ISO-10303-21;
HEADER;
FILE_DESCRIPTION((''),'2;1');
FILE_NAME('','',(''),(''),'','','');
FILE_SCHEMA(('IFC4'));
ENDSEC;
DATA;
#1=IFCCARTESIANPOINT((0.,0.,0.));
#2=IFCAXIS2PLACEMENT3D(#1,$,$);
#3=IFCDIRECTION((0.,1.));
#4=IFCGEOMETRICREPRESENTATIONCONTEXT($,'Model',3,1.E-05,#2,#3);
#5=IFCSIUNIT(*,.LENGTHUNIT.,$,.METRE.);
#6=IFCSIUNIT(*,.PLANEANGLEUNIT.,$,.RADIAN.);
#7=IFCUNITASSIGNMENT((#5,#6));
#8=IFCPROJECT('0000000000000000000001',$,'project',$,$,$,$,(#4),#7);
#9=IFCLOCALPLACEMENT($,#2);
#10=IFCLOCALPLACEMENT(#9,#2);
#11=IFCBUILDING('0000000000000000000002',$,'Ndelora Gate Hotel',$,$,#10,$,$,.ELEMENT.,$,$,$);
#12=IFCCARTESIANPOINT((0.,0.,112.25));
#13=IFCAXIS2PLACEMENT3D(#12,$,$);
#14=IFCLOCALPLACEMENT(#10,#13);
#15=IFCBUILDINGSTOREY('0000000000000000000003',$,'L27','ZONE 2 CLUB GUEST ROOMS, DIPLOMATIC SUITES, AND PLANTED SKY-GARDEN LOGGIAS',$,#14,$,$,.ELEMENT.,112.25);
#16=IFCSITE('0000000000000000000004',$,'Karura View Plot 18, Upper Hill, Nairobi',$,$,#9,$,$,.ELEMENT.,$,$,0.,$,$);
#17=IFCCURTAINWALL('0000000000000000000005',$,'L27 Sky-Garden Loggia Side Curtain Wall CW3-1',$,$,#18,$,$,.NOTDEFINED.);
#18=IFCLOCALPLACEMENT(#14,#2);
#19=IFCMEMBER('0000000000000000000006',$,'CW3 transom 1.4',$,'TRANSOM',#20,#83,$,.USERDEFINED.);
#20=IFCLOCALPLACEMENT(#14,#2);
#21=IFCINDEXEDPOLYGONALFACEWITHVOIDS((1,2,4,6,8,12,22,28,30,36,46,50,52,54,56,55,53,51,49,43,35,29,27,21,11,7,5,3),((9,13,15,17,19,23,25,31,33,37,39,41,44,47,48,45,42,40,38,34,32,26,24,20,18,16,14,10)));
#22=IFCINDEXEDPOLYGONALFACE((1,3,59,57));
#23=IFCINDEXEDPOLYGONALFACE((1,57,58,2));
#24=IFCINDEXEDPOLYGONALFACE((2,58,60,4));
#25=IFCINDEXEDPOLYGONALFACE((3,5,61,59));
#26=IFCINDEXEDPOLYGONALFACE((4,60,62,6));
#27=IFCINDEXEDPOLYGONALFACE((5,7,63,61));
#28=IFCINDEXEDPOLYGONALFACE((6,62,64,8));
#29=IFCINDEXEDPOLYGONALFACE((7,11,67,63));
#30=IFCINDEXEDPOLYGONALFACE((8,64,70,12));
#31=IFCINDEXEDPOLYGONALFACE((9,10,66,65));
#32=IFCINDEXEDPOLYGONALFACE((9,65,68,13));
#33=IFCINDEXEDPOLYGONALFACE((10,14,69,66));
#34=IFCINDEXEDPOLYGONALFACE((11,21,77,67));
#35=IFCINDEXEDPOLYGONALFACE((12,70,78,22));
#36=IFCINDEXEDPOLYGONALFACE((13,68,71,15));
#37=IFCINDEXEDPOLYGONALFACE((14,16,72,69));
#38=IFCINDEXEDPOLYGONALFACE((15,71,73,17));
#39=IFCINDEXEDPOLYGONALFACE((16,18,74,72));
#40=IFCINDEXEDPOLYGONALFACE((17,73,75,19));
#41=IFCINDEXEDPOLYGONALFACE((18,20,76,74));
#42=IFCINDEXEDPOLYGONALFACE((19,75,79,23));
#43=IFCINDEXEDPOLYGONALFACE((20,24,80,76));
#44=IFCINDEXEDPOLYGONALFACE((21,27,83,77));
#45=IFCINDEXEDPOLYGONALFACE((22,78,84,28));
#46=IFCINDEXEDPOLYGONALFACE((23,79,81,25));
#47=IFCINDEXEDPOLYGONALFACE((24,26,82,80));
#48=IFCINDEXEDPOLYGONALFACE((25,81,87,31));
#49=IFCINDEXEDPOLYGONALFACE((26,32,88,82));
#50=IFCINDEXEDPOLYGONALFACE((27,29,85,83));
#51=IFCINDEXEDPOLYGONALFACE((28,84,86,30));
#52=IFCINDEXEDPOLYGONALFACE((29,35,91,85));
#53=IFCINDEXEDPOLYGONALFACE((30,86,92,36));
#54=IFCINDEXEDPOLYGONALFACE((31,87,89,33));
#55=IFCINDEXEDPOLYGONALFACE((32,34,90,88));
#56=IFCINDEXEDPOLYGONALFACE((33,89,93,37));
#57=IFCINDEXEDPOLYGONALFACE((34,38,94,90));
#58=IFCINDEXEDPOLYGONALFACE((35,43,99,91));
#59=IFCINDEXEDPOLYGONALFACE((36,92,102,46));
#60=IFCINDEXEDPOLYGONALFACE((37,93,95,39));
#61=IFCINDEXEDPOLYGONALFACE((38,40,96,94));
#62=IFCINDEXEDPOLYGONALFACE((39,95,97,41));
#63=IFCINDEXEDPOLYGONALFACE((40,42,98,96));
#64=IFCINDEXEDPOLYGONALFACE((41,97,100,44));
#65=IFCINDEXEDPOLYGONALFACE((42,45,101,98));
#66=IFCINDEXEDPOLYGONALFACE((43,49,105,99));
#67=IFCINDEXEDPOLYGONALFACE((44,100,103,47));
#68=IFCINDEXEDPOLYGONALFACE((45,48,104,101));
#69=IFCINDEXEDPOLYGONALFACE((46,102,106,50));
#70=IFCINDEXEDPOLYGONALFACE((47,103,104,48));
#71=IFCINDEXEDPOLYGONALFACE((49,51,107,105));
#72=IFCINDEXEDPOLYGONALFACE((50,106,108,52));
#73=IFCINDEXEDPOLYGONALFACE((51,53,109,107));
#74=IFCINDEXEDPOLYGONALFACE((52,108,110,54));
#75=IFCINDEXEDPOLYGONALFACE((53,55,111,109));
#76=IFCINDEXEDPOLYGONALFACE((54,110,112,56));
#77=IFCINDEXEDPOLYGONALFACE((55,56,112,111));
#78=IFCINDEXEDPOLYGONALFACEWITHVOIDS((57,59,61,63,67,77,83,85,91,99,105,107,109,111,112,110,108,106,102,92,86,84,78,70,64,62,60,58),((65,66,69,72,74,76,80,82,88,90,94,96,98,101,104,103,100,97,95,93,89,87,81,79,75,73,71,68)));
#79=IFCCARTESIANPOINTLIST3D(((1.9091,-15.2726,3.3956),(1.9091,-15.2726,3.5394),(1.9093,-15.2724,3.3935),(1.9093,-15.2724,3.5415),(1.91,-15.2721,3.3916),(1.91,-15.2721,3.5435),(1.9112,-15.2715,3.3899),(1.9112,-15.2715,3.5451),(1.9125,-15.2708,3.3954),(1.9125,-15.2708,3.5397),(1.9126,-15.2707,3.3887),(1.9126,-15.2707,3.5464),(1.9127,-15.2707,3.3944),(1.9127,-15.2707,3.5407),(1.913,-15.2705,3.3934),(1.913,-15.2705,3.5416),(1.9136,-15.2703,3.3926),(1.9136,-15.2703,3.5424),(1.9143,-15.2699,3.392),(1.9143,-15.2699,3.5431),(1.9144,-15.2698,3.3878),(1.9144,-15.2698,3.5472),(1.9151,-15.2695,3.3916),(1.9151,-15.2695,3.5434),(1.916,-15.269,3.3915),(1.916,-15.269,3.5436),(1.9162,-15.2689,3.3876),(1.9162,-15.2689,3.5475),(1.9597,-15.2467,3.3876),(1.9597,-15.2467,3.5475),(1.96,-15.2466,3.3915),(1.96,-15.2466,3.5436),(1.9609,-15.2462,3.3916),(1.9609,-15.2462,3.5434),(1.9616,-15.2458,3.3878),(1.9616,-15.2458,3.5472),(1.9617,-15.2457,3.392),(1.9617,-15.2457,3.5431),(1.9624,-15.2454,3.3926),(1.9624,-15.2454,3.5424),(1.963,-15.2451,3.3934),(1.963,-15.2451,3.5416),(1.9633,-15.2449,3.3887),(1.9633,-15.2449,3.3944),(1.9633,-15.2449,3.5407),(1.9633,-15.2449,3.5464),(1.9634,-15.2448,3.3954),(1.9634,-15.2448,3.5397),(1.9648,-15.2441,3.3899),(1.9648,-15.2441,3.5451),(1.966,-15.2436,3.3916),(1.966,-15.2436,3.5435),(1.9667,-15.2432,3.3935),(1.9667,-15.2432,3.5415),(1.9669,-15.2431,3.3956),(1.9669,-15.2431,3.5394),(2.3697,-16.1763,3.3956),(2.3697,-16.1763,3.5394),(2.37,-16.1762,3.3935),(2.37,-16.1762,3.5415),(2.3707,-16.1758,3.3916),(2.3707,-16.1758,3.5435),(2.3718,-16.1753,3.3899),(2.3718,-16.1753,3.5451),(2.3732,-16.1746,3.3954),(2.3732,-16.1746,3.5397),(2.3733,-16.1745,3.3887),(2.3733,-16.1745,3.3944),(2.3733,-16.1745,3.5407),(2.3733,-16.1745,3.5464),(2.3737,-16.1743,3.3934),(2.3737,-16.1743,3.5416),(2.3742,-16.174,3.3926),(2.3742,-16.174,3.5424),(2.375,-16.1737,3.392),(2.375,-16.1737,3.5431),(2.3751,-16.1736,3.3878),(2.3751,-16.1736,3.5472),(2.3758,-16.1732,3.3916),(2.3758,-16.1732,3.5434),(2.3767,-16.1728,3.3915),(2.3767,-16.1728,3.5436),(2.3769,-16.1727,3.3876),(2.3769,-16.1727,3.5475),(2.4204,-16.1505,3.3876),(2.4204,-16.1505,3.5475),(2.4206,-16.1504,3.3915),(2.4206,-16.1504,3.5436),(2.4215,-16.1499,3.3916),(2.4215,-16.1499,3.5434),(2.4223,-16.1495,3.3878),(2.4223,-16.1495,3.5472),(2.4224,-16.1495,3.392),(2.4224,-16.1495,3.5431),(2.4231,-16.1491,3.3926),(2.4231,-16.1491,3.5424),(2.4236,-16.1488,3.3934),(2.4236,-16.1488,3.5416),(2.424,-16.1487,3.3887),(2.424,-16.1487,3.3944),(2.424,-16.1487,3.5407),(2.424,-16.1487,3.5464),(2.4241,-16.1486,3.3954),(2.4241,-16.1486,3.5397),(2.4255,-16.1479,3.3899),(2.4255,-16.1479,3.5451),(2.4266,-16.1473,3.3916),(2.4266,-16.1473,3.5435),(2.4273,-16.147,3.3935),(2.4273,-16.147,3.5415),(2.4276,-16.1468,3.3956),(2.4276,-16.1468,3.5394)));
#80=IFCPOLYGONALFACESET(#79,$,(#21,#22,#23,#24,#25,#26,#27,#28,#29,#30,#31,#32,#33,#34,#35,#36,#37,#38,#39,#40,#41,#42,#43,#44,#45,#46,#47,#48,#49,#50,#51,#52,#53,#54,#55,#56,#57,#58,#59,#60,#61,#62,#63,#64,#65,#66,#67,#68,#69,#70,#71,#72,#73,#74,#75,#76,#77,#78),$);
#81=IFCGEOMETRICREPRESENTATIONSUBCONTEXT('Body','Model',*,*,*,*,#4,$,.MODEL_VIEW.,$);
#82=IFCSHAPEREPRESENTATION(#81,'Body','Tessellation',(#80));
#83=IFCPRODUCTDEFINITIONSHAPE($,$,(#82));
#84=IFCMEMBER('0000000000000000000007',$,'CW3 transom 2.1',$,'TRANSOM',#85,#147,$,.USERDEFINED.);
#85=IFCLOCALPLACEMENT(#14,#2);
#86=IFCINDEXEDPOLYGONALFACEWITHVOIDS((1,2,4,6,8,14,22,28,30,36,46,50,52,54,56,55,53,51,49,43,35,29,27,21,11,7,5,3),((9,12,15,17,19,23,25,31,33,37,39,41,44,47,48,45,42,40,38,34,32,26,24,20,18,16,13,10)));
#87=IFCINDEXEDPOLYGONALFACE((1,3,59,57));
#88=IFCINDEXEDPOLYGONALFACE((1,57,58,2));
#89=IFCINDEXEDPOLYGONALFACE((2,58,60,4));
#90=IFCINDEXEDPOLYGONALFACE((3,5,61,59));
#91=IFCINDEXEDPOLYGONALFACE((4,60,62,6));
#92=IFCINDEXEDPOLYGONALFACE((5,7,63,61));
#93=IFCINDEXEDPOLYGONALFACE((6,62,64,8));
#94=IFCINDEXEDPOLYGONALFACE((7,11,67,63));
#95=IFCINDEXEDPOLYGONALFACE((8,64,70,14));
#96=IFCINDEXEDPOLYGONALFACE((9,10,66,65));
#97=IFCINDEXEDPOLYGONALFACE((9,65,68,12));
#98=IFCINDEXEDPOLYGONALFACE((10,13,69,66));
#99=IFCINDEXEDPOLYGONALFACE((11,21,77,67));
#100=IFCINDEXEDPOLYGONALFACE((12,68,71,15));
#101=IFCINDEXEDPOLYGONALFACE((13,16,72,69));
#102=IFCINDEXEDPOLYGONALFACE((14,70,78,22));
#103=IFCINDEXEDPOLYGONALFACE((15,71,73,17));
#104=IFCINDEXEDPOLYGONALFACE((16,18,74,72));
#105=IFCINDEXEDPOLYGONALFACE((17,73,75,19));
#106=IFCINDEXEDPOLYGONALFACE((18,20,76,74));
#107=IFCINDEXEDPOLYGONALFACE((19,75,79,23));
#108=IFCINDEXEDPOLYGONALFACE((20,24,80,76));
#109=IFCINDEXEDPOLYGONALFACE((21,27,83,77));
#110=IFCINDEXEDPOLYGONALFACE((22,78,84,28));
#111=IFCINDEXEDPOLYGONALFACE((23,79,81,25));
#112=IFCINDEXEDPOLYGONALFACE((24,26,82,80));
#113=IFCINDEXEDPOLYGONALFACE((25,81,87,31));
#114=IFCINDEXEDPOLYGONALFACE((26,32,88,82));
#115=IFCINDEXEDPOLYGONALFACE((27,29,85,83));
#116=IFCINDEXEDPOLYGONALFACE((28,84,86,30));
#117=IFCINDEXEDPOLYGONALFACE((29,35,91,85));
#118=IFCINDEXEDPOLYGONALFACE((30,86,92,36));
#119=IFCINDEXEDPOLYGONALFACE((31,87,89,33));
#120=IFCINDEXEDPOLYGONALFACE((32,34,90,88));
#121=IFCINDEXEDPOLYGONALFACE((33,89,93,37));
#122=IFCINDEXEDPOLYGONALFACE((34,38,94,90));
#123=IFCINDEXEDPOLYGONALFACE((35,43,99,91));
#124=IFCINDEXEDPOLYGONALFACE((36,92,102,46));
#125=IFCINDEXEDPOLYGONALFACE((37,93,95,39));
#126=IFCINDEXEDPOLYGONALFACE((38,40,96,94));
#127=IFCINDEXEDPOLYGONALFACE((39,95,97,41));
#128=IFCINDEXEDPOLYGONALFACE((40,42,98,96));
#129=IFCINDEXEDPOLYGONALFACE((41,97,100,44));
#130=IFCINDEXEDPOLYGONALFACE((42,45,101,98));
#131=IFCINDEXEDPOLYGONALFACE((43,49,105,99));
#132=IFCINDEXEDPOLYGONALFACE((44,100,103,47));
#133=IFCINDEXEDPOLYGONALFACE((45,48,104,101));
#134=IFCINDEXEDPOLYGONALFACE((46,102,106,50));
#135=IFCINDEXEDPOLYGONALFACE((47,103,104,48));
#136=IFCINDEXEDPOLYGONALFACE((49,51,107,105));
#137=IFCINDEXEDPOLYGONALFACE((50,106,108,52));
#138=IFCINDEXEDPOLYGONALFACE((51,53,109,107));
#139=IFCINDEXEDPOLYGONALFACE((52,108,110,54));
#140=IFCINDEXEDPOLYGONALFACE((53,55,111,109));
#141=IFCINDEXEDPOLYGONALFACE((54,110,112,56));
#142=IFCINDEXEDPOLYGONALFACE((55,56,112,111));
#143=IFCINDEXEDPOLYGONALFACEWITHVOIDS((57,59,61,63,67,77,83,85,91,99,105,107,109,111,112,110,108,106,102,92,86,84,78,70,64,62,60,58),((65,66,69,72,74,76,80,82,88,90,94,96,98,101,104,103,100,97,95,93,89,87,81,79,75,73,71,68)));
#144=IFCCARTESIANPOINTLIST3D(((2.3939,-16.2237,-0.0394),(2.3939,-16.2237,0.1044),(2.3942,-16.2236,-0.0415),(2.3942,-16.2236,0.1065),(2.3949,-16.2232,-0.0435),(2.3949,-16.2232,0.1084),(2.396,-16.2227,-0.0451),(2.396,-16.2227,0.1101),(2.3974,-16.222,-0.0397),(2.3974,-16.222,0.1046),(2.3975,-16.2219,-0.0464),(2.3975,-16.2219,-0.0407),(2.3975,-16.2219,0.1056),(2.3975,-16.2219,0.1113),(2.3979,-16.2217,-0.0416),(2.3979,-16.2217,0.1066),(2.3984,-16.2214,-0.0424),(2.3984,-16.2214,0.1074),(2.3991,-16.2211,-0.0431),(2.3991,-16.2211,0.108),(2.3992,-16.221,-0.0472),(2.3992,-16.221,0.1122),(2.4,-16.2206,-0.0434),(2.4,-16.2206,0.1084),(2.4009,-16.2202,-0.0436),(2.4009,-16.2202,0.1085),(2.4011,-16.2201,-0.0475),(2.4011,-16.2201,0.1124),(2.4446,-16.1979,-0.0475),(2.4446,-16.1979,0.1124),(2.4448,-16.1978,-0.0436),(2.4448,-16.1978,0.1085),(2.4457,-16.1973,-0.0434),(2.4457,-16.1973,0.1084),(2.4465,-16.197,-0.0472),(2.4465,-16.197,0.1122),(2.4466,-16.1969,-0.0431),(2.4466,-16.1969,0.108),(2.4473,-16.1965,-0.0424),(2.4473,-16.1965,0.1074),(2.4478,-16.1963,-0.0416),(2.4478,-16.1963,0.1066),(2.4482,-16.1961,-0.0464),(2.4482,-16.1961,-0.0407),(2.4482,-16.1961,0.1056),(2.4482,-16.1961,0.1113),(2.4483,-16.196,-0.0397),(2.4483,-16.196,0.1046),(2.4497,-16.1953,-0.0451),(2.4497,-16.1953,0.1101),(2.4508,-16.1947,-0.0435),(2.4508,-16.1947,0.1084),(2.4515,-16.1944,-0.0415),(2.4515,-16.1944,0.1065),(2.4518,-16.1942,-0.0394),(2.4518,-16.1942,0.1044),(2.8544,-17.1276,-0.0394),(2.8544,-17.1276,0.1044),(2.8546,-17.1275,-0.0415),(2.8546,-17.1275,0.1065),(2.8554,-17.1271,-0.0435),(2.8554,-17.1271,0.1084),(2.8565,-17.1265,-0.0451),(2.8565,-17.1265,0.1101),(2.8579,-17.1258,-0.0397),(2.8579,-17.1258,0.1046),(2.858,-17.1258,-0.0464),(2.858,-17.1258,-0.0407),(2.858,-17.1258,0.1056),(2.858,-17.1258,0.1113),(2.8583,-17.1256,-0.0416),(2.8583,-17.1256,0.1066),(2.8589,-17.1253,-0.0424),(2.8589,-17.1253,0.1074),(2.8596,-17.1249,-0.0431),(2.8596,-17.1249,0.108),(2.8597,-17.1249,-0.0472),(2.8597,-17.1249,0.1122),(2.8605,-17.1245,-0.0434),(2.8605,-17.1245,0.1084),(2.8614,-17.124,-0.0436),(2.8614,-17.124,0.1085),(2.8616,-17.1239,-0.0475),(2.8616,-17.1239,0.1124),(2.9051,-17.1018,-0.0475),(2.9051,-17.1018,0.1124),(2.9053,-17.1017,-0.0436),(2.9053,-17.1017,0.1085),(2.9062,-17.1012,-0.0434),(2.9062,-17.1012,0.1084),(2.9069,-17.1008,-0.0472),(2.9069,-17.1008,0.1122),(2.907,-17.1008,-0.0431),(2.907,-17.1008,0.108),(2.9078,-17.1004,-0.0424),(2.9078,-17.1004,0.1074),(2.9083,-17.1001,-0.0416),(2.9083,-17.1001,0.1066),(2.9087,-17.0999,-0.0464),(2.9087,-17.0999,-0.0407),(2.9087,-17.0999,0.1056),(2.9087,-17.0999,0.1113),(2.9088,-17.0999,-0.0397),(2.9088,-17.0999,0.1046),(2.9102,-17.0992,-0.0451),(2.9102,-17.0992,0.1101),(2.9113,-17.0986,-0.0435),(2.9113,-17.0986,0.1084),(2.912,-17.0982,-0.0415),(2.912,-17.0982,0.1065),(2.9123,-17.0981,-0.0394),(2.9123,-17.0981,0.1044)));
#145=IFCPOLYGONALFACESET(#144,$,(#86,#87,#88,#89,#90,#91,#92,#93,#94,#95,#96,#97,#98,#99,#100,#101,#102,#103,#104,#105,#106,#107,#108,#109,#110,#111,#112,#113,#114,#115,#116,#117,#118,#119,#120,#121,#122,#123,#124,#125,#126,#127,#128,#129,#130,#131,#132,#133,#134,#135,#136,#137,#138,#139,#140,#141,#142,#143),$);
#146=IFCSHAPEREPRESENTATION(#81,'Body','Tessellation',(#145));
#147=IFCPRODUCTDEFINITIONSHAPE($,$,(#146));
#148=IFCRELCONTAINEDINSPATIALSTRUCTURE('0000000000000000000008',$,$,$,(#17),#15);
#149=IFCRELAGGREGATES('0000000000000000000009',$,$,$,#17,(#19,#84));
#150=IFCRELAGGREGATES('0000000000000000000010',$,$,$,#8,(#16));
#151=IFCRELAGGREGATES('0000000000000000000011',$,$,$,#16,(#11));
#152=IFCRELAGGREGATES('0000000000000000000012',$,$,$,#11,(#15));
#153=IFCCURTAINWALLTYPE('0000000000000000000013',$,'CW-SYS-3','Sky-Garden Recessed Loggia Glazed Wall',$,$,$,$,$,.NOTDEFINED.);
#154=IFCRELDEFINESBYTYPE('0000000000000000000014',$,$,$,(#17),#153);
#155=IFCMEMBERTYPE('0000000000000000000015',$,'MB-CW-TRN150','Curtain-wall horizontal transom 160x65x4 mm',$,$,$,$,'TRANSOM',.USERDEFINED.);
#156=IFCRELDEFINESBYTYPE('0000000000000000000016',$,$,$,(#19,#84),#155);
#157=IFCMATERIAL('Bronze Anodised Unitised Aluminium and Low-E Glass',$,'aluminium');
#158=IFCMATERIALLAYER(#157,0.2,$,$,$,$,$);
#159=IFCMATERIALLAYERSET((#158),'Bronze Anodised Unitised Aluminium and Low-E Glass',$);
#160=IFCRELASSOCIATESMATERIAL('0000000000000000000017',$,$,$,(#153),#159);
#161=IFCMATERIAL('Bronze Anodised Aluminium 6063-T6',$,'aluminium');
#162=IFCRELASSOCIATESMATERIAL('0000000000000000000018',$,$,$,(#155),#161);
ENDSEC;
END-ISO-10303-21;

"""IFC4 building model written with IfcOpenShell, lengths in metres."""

from ifc_helpers import new_model, si_unit, direction, frame, origin, origin_2d, place, context, subcontext, project, spatial, hollow_rectangle, extrude, material, layer, layer_set, material_profile, profile_set, type_object, element, aggregate, save


model = new_model("IFC4")

# Units and contexts
model_context = context("Model", 3, precision=1e-05, world=origin(), true_north=direction((0.0, 1.0)))
body_context = subcontext(model_context, "Body", "Model", "MODEL_VIEW")
ifc_project = project(units=[si_unit("LENGTHUNIT", "METRE"), si_unit("PLANEANGLEUNIT", "RADIAN")], contexts=[model_context])

# Site, building, storey
site_placement = place(None, origin())
site = spatial("IfcSite", under=ifc_project, at=site_placement, Name="Karura View Plot 18, Upper Hill, Nairobi", CompositionType="ELEMENT", RefElevation=0.0)
building_placement = place(site_placement, origin())
building = spatial("IfcBuilding", under=site, at=building_placement, Name="Ndelora Gate Hotel", CompositionType="ELEMENT")
storey_placement = place(building_placement, frame((0.0, 0.0, 112.25)))
storey = spatial("IfcBuildingStorey", under=building, at=storey_placement, Name="L27", Description="ZONE 2 CLUB GUEST ROOMS, DIPLOMATIC SUITES, AND PLANTED SKY-GARDEN LOGGIAS", CompositionType="ELEMENT", Elevation=112.25)

# Curtain wall, members
ifc_material_1 = material(Name="Bronze Anodised Unitised Aluminium and Low-E Glass", Category="aluminium")
ifc_layer_1 = layer(ifc_material_1, 0.2)
ifc_layer_set_1 = layer_set([ifc_layer_1], Name="Bronze Anodised Unitised Aluminium and Low-E Glass")
curtain_wall_type = type_object("IfcCurtainWallType", Name="CW-SYS-3", Description="Sky-Garden Recessed Loggia Glazed Wall", PredefinedType="NOTDEFINED", material=ifc_layer_set_1)
curtain_wall_placement = place(storey_placement, origin())
curtain_wall = element("IfcCurtainWall", 1, at=curtain_wall_placement, inside=storey, type_object=curtain_wall_type, Name="L27 Sky-Garden Loggia Side Curtain Wall CW3-1", PredefinedType="NOTDEFINED")
ifc_material_2 = material(Name="Bronze Anodised Aluminium 6063-T6", Category="aluminium")
ifc_material_profile_1 = material_profile(ifc_material_2, hollow_rectangle(XDim=0.0649, YDim=0.1599, WallThickness=0.0039, InnerFilletRadius=0.0039, OuterFilletRadius=0.0081, at=origin_2d()), Name="ALU 160x65x4")
ifc_profile_set_1 = profile_set([ifc_material_profile_1], Name="Bronze Anodised Aluminium 6063-T6")
member_type_1 = type_object("IfcMemberType", Name="MB-CW-TRN150", Description="Curtain-wall horizontal transom 160x65x4 mm", ElementType="TRANSOM", PredefinedType="USERDEFINED", material=ifc_profile_set_1)
member_1_placement = place(storey_placement, frame((1.938, -15.2578, 3.4675), z_axis=(0.454131, -0.890935, 0.0), x_axis=(0.890935, 0.454131, 0.0)))
member_1 = element("IfcMember", 2, at=member_1_placement, type_object=member_type_1, Name="CW3 transom 1.4", ObjectType="TRANSOM", PredefinedType="USERDEFINED", context=body_context, shape_type="SweptSolid", body=[
    extrude(hollow_rectangle(XDim=0.0649, YDim=0.1599, WallThickness=0.0039, InnerFilletRadius=0.0039, OuterFilletRadius=0.0081, at=origin_2d()), origin(), (0.0, 0.0, 1.0), 1.0144),
])
member_2_placement = place(storey_placement, frame((2.4229, -16.209, 0.0325), z_axis=(0.45394, -0.891032, 0.0), x_axis=(0.891032, 0.45394, 0.0)))
member_2 = element("IfcMember", 3, at=member_2_placement, type_object=member_type_1, Name="CW3 transom 2.1", ObjectType="TRANSOM", PredefinedType="USERDEFINED", context=body_context, shape_type="SweptSolid", body=[
    extrude(hollow_rectangle(XDim=0.0649, YDim=0.1599, WallThickness=0.0039, InnerFilletRadius=0.0039, OuterFilletRadius=0.0081, at=origin_2d()), origin(), (0.0, 0.0, 1.0), 1.0144),
])
aggregate(curtain_wall, [member_1, member_2])

save(model, "model.ifc")
